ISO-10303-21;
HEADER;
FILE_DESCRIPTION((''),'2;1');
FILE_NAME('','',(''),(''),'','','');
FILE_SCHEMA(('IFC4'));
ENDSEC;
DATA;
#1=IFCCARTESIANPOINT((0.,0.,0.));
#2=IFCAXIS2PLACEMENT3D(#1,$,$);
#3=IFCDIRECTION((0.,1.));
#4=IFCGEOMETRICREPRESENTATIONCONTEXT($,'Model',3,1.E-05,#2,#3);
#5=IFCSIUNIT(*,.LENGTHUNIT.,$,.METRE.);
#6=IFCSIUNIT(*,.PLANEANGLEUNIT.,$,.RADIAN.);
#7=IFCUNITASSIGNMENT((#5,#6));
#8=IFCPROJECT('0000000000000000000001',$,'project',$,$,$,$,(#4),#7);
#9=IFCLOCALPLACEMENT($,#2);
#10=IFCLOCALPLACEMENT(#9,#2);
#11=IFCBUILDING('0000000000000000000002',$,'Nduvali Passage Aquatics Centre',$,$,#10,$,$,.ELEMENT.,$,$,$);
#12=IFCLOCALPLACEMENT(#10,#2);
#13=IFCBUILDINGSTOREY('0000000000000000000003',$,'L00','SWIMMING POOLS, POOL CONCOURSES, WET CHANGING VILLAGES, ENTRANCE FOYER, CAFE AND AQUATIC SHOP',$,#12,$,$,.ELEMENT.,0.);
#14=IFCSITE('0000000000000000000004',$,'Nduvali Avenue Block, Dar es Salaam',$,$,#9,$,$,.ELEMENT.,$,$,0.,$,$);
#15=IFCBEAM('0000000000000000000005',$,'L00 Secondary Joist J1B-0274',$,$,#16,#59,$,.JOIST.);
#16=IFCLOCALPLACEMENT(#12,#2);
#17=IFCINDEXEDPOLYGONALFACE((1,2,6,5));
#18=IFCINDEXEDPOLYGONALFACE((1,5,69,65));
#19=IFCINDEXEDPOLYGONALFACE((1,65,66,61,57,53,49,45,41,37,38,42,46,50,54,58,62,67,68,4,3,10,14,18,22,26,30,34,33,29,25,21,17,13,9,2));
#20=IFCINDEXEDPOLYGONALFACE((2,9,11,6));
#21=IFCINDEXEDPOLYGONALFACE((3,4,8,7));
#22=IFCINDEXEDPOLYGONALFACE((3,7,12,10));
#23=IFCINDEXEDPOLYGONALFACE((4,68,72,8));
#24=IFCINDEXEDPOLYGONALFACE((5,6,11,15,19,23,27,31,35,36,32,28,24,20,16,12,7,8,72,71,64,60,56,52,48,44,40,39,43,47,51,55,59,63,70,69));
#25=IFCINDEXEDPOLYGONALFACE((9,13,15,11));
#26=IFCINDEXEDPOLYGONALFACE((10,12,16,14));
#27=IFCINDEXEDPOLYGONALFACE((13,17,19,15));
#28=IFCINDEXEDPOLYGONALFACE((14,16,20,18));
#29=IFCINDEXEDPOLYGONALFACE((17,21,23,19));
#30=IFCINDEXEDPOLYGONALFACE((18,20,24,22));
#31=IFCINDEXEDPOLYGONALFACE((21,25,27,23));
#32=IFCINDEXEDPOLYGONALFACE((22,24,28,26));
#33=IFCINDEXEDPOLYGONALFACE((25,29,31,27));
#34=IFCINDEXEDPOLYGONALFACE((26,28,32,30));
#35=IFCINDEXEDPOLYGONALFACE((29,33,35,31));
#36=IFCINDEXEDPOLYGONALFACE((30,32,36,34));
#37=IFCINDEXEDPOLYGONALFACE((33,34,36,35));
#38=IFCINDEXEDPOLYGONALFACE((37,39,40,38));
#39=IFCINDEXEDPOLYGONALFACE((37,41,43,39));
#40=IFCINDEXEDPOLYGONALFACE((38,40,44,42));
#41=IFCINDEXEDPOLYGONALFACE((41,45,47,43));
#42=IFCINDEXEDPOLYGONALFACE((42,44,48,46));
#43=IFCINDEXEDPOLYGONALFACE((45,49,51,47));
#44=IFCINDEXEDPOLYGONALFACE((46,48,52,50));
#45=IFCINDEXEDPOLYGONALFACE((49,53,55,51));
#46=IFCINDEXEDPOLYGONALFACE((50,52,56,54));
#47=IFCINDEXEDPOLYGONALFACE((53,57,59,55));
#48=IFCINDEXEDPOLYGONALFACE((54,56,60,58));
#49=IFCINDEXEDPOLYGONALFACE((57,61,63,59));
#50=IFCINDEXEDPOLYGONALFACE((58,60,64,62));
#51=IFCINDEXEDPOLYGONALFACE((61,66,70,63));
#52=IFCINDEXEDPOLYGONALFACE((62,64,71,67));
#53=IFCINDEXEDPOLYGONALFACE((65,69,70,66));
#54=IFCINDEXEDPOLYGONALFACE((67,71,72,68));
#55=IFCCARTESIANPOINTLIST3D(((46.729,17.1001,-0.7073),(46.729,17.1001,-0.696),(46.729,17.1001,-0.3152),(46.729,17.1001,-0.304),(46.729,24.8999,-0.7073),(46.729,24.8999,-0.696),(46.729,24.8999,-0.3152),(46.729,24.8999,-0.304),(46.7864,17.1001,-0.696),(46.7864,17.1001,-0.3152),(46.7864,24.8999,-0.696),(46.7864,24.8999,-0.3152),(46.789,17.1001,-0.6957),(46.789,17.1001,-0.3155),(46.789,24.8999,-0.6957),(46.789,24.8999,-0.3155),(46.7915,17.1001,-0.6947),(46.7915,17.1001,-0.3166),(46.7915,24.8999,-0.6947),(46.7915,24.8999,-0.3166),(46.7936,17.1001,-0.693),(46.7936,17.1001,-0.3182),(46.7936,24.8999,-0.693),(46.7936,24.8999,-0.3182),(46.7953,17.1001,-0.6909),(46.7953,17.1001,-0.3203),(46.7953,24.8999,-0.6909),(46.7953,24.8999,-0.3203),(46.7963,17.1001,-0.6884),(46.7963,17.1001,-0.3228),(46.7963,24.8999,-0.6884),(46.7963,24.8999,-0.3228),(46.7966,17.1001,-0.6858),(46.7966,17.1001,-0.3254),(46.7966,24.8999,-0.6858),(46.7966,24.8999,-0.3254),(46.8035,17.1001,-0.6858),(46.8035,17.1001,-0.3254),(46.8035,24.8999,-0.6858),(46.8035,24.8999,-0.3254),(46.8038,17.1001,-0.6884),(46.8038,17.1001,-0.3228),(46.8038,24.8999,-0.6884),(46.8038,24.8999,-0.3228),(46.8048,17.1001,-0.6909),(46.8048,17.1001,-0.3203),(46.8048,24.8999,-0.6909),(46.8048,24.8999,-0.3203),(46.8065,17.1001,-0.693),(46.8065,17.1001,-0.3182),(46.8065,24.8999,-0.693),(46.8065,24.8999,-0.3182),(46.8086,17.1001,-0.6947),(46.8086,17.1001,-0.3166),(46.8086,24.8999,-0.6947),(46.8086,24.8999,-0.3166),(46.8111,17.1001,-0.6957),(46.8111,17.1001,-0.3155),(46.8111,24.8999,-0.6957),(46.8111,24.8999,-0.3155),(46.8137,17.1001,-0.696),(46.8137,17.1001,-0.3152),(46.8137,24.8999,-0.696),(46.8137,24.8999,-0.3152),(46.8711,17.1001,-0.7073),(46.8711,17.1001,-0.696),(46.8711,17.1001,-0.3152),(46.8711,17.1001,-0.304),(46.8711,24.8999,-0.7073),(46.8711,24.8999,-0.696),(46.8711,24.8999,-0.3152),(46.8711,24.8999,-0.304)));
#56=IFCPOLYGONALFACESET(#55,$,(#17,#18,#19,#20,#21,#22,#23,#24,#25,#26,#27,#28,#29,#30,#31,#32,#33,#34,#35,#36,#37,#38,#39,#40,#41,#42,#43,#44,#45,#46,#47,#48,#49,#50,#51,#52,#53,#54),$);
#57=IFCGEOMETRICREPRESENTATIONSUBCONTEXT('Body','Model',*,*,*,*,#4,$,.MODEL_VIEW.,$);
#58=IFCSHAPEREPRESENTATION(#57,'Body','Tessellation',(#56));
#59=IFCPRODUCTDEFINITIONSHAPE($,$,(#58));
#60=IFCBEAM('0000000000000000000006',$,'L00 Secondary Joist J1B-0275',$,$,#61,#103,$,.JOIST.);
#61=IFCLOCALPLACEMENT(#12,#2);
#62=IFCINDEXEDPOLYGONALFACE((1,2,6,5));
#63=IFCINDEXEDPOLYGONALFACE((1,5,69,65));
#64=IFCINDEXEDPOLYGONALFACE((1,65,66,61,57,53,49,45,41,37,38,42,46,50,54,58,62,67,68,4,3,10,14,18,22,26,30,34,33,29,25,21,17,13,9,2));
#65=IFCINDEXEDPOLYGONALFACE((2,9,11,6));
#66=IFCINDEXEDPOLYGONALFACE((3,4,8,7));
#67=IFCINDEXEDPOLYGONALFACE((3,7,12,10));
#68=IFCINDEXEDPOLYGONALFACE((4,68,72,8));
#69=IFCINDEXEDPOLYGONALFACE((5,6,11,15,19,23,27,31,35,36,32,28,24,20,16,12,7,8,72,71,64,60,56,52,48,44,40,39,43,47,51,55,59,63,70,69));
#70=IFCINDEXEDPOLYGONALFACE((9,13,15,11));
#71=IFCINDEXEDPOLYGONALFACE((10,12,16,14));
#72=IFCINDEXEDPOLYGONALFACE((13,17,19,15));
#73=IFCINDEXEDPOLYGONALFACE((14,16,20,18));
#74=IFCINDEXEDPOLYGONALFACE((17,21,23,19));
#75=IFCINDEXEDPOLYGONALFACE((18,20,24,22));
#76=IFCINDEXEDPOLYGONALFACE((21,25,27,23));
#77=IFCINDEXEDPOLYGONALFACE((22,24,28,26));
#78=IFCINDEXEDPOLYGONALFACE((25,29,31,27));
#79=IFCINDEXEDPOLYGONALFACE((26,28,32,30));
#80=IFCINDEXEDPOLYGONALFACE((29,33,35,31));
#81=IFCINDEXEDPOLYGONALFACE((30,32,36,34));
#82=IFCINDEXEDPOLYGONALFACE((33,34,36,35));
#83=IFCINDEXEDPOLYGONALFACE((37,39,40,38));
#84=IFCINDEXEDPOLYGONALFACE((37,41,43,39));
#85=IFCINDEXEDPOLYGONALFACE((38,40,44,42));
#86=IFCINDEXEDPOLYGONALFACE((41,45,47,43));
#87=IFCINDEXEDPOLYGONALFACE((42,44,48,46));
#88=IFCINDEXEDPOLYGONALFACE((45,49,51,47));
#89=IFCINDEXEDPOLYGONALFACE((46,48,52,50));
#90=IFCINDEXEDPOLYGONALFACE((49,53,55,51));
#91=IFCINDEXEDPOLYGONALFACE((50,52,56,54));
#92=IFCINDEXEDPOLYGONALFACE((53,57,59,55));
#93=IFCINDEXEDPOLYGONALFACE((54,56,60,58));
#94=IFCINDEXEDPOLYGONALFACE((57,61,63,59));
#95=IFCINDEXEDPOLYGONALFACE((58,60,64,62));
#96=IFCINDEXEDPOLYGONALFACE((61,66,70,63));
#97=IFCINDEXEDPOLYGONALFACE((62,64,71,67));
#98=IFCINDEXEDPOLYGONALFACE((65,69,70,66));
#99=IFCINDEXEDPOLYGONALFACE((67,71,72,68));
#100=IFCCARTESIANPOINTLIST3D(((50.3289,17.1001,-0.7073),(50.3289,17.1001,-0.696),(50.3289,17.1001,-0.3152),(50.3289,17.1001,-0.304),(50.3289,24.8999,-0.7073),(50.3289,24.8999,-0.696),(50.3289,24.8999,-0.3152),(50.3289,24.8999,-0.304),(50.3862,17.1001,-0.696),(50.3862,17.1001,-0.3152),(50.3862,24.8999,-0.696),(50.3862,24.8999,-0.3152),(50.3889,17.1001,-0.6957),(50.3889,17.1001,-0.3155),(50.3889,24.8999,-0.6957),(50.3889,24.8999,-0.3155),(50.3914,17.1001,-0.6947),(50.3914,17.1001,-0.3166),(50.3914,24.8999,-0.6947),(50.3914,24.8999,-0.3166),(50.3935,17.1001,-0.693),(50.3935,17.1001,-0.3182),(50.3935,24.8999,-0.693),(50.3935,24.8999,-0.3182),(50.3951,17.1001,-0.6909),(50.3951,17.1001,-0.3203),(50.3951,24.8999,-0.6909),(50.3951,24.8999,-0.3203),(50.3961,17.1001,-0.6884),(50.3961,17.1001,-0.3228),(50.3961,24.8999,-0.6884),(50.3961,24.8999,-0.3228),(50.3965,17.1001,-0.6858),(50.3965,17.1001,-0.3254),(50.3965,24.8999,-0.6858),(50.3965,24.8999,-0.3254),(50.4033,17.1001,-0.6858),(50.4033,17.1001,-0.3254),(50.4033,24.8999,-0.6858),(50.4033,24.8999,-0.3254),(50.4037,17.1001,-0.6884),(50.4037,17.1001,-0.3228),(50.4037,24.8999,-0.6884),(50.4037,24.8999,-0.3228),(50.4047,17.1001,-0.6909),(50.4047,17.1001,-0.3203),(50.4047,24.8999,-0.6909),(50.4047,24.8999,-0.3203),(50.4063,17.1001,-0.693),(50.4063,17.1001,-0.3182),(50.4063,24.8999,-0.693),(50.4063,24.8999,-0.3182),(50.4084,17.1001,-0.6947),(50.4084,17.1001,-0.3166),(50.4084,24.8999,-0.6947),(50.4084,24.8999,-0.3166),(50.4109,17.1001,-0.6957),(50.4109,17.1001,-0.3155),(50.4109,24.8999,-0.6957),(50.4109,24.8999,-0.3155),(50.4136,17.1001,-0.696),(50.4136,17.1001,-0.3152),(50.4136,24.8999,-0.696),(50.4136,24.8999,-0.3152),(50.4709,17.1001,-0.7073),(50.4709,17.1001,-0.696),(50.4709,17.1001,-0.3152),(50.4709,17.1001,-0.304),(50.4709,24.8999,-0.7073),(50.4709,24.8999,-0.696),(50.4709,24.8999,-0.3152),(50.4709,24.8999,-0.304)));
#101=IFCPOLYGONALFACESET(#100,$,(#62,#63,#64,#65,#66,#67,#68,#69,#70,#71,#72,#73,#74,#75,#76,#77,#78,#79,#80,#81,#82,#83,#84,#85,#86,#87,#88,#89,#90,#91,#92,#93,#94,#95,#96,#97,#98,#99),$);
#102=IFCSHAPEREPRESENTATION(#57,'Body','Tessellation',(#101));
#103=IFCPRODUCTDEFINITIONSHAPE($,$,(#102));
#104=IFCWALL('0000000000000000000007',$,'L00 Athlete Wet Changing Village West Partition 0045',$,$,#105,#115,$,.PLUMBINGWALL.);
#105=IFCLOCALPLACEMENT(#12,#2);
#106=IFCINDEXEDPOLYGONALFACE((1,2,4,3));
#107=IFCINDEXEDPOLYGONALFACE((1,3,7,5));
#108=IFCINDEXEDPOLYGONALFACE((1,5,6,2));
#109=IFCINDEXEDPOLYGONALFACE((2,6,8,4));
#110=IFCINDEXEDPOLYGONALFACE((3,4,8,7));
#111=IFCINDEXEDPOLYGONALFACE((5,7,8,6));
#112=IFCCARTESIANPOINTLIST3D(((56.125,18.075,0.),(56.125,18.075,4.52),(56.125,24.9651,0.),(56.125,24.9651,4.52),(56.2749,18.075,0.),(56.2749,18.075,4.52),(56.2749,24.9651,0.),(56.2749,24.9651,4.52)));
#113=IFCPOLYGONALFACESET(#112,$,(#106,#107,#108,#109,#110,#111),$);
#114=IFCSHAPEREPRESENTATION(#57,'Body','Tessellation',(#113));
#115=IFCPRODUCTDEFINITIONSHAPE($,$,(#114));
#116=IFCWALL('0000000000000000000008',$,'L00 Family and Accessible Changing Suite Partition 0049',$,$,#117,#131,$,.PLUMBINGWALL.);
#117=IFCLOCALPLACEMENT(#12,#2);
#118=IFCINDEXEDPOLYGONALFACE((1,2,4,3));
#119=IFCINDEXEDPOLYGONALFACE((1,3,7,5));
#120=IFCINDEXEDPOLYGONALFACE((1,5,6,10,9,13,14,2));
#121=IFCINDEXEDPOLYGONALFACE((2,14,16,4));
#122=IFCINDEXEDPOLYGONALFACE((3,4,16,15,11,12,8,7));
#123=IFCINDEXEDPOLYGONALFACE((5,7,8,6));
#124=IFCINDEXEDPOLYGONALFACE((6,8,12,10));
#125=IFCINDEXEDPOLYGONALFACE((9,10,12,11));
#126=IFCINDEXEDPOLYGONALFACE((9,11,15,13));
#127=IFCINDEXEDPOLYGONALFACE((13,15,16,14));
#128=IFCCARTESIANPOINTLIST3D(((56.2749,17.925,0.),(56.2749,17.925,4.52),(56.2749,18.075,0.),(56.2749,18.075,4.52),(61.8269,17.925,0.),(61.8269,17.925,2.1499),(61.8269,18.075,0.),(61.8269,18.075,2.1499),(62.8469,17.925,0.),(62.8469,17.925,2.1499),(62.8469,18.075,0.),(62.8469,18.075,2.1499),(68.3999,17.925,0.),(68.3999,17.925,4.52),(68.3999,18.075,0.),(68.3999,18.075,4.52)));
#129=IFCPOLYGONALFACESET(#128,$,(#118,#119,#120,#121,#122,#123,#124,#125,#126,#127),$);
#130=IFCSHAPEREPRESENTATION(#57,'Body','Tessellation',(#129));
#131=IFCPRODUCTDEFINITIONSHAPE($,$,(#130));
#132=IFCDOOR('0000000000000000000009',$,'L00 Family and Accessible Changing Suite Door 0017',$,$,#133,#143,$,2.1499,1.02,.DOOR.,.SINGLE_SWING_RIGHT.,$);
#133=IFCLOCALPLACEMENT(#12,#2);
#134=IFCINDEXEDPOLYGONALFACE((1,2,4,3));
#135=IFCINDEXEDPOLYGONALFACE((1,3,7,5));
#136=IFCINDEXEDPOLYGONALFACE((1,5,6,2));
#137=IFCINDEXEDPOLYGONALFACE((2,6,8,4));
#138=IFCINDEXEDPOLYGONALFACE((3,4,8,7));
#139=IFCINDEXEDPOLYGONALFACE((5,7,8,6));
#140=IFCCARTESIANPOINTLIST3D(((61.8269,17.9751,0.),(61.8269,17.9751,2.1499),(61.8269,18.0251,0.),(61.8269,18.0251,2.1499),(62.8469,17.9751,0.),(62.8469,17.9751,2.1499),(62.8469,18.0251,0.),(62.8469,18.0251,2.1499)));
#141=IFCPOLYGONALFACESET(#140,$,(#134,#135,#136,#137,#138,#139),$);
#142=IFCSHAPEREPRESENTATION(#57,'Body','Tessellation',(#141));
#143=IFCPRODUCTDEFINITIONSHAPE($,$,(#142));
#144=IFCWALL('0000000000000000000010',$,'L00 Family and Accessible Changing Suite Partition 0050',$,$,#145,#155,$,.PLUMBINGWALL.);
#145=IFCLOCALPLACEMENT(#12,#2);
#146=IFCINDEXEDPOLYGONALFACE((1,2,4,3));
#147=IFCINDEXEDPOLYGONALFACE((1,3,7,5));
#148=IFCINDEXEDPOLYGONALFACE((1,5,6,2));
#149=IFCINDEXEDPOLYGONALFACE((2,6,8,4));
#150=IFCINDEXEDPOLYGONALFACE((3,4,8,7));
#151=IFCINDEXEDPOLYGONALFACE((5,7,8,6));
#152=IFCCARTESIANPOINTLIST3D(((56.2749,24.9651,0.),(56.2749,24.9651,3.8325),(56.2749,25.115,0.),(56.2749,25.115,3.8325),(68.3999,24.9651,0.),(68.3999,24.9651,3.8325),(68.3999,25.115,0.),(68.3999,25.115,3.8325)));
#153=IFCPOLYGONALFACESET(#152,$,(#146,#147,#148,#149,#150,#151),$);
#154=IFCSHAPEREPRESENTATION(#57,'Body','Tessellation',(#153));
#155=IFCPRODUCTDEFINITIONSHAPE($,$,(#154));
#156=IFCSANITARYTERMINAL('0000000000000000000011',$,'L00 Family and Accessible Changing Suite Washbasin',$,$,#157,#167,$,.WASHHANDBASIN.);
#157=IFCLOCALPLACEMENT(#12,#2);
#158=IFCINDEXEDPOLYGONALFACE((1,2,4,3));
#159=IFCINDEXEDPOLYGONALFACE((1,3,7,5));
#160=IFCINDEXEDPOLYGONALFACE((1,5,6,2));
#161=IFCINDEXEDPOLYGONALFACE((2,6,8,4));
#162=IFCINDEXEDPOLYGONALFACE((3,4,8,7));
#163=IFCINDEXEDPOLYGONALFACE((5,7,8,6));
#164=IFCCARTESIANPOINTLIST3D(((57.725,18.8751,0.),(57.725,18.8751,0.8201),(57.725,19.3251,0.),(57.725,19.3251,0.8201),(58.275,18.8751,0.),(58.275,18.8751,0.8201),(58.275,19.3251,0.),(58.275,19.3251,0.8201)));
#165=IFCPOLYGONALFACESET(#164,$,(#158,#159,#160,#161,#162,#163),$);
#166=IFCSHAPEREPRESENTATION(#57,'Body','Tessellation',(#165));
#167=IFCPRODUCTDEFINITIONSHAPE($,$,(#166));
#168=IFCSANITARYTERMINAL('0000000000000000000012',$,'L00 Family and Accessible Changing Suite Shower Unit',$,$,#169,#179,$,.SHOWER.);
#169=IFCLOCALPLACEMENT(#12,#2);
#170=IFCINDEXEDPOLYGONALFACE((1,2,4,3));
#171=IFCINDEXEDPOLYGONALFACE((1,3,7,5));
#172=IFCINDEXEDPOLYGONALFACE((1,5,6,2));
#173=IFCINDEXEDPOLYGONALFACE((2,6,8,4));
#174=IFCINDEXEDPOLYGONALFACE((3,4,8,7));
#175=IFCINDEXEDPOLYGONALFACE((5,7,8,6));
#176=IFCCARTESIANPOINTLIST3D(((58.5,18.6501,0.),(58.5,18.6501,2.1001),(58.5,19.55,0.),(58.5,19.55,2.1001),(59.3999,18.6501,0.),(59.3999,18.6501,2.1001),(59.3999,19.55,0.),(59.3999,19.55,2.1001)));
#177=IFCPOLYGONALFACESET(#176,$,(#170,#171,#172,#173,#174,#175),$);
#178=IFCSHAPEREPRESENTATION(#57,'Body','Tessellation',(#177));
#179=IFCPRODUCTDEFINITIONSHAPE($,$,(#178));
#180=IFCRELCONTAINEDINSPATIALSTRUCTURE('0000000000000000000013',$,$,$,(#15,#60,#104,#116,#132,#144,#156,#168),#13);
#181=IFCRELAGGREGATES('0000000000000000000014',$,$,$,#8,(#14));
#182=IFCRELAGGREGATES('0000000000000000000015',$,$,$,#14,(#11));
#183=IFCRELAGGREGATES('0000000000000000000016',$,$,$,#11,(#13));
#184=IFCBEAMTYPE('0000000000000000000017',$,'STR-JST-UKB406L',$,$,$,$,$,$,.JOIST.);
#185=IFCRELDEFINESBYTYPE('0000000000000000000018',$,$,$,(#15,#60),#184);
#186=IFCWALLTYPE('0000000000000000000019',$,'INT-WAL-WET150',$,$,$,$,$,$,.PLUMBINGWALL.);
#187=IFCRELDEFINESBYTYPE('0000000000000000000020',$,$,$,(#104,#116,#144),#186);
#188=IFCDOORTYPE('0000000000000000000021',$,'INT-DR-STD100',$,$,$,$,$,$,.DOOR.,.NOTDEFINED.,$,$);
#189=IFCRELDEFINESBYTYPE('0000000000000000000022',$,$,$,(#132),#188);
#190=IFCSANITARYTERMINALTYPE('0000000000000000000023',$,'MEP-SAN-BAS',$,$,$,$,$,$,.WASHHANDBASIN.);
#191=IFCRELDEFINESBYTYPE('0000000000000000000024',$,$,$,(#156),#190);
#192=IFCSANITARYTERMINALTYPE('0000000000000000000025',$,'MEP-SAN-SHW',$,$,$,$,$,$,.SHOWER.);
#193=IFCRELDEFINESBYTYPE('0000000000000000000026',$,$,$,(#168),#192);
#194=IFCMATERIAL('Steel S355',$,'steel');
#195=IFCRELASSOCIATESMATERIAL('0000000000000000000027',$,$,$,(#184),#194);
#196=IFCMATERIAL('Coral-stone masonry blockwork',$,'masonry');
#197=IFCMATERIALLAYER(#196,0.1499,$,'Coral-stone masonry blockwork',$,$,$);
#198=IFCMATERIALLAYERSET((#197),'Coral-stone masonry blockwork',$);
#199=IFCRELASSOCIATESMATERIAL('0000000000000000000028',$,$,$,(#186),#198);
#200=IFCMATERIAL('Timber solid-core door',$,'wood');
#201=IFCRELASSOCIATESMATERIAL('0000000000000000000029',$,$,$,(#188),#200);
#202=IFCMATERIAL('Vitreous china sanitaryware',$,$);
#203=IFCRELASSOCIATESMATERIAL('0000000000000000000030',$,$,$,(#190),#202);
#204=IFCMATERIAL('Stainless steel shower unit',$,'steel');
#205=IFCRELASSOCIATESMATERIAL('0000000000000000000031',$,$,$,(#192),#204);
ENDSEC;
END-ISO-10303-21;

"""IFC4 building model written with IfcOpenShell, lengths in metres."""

from ifc_helpers import new_model, si_unit, direction, frame, frame_2d, origin, origin_2d, place, context, subcontext, project, spatial, rectangle, i_section, extrude, material, layer, layer_set, material_profile, profile_set, type_object, element, fill, save


model = new_model("IFC4")

# Units and contexts
model_context = context("Model", 3, precision=1e-05, world=origin(), true_north=direction((0.0, 1.0)))
body_context = subcontext(model_context, "Body", "Model", "MODEL_VIEW")
ifc_project = project(units=[si_unit("LENGTHUNIT", "METRE"), si_unit("PLANEANGLEUNIT", "RADIAN")], contexts=[model_context])

# Site, building, storey
site_placement = place(None, origin())
site = spatial("IfcSite", under=ifc_project, at=site_placement, Name="Nduvali Avenue Block, Dar es Salaam", CompositionType="ELEMENT", RefElevation=0.0)
building_placement = place(site_placement, origin())
building = spatial("IfcBuilding", under=site, at=building_placement, Name="Nduvali Passage Aquatics Centre", CompositionType="ELEMENT")
storey_placement = place(building_placement, origin())
storey = spatial("IfcBuildingStorey", under=building, at=storey_placement, Name="L00", Description="SWIMMING POOLS, POOL CONCOURSES, WET CHANGING VILLAGES, ENTRANCE FOYER, CAFE AND AQUATIC SHOP", CompositionType="ELEMENT", Elevation=0.0)

# Beams
ifc_material_1 = material(Name="Steel S355", Category="steel")
ifc_material_profile_1 = material_profile(ifc_material_1, i_section(OverallWidth=0.1421, OverallDepth=0.4033, WebThickness=0.0068, FlangeThickness=0.0112, FilletRadius=0.0103, at=origin_2d()), Name="UKB 406x140x46")
ifc_profile_set_1 = profile_set([ifc_material_profile_1], Name="Steel S355")
beam_type_1 = type_object("IfcBeamType", Name="STR-JST-UKB406L", PredefinedType="JOIST", material=ifc_profile_set_1)
for number, where, z_axis, x_axis, name in (
    (1, (46.8, 17.1001, -0.5056), (0.0, 1.0, 0.0), (-1.0, 0.0, 0.0), "L00 Secondary Joist J1B-0274"),
    (2, (50.3999, 17.1001, -0.5056), (0.0, 1.0, 0.0), (-1.0, 0.0, 0.0), "L00 Secondary Joist J1B-0275"),
):
    element("IfcBeam", number, at=place(storey_placement, frame(where, z_axis=z_axis, x_axis=x_axis)), inside=storey, type_object=beam_type_1, Name=name, PredefinedType="JOIST", context=body_context, shape_type="SweptSolid", body=[
        extrude(i_section(OverallWidth=0.1421, OverallDepth=0.4033, WebThickness=0.0068, FlangeThickness=0.0112, FilletRadius=0.0103, at=origin_2d()), origin(), (0.0, 0.0, 1.0), 7.7998),
    ])

# Wall
ifc_material_2 = material(Name="Coral-stone masonry blockwork", Category="masonry")
ifc_layer = layer(ifc_material_2, 0.1499, Name="Coral-stone masonry blockwork")
ifc_layer_set = layer_set([ifc_layer], Name="Coral-stone masonry blockwork")
wall_type = type_object("IfcWallType", Name="INT-WAL-WET150", PredefinedType="PLUMBINGWALL", material=ifc_layer_set)
wall_1_placement = place(storey_placement, frame((56.2, 18.075, 0.0), z_axis=(0.0, 0.0, 1.0), x_axis=(0.0, 1.0, 0.0)))
element("IfcWall", 3, at=wall_1_placement, inside=storey, type_object=wall_type, Name="L00 Athlete Wet Changing Village West Partition 0045", PredefinedType="PLUMBINGWALL", context=body_context, shape_type="SweptSolid", body=[
    extrude(rectangle(XDim=6.8901, YDim=0.1499, at=frame_2d((3.4451, 0.0))), origin(), (0.0, 0.0, 1.0), 4.52),
])

# Wall, opening, door
wall_2_placement = place(storey_placement, frame((56.2749, 18.0, 0.0), z_axis=(0.0, 0.0, 1.0), x_axis=(1.0, 0.0, 0.0)))
wall_2 = element("IfcWall", 4, at=wall_2_placement, inside=storey, type_object=wall_type, Name="L00 Family and Accessible Changing Suite Partition 0049", PredefinedType="PLUMBINGWALL", context=body_context, shape_type="SweptSolid", body=[
    extrude(rectangle(XDim=12.125, YDim=0.1499, at=frame_2d((6.0625, 0.0))), origin(), (0.0, 0.0, 1.0), 4.52),
])
opening_placement = place(wall_2_placement, frame((5.552, 0.0, 0.0)))
opening = element("IfcOpeningElement", 5, at=opening_placement, cuts=wall_2, PredefinedType="OPENING", context=body_context, shape_type="SweptSolid", body=[
    extrude(rectangle(XDim=1.02, YDim=2.1499, at=frame_2d((0.51, 1.075))), frame((0.0, 0.0898, 0.0), z_axis=(0.0, -1.0, 0.0), x_axis=(1.0, 0.0, 0.0)), (0.0, 0.0, 1.0), 0.1797),
])
ifc_material_3 = material(Name="Timber solid-core door", Category="wood")
door_type = type_object("IfcDoorType", Name="INT-DR-STD100", OperationType="NOTDEFINED", PredefinedType="DOOR", material=ifc_material_3)
door_placement = place(opening_placement, frame((1.02, 0.0, 0.0), z_axis=(0.0, 0.0, 1.0), x_axis=(-1.0, 0.0, 0.0)))
door = element("IfcDoor", 6, at=door_placement, inside=storey, type_object=door_type, Name="L00 Family and Accessible Changing Suite Door 0017", OperationType="SINGLE_SWING_RIGHT", OverallHeight=2.1499, OverallWidth=1.02, PredefinedType="DOOR", context=body_context, shape_type="SweptSolid", body=[
    extrude(rectangle(XDim=1.02, YDim=2.1499, at=frame_2d((0.51, 1.075))), frame((0.0, 0.0249, 0.0), z_axis=(0.0, -1.0, 0.0), x_axis=(1.0, 0.0, 0.0)), (0.0, 0.0, 1.0), 0.05),
])
fill(opening, door)

# Wall
wall_3_placement = place(storey_placement, frame((56.2749, 25.04, 0.0), z_axis=(0.0, 0.0, 1.0), x_axis=(1.0, 0.0, 0.0)))
element("IfcWall", 7, at=wall_3_placement, inside=storey, type_object=wall_type, Name="L00 Family and Accessible Changing Suite Partition 0050", PredefinedType="PLUMBINGWALL", context=body_context, shape_type="SweptSolid", body=[
    extrude(rectangle(XDim=12.125, YDim=0.1499, at=frame_2d((6.0625, 0.0))), origin(), (0.0, 0.0, 1.0), 3.8325),
])

# Sanitary terminals
ifc_material_4 = material(Name="Vitreous china sanitaryware")
sanitary_terminal_type_1 = type_object("IfcSanitaryTerminalType", Name="MEP-SAN-BAS", PredefinedType="WASHHANDBASIN", material=ifc_material_4)
sanitary_terminal_1_placement = place(storey_placement, frame((58.0, 19.1001, 0.0), z_axis=(0.0, 0.0, 1.0), x_axis=(1.0, 0.0, 0.0)))
element("IfcSanitaryTerminal", 8, at=sanitary_terminal_1_placement, inside=storey, type_object=sanitary_terminal_type_1, Name="L00 Family and Accessible Changing Suite Washbasin", PredefinedType="WASHHANDBASIN", context=body_context, shape_type="SweptSolid", body=[
    extrude(rectangle(XDim=0.55, YDim=0.45, at=origin_2d()), origin(), (0.0, 0.0, 1.0), 0.8201),
])
ifc_material_5 = material(Name="Stainless steel shower unit", Category="steel")
sanitary_terminal_type_2 = type_object("IfcSanitaryTerminalType", Name="MEP-SAN-SHW", PredefinedType="SHOWER", material=ifc_material_5)
sanitary_terminal_2_placement = place(storey_placement, frame((58.95, 19.1001, 0.0), z_axis=(0.0, 0.0, 1.0), x_axis=(1.0, 0.0, 0.0)))
element("IfcSanitaryTerminal", 9, at=sanitary_terminal_2_placement, inside=storey, type_object=sanitary_terminal_type_2, Name="L00 Family and Accessible Changing Suite Shower Unit", PredefinedType="SHOWER", context=body_context, shape_type="SweptSolid", body=[
    extrude(rectangle(XDim=0.8999, YDim=0.8999, at=origin_2d()), origin(), (0.0, 0.0, 1.0), 2.1001),
])

save(model, "model.ifc")
